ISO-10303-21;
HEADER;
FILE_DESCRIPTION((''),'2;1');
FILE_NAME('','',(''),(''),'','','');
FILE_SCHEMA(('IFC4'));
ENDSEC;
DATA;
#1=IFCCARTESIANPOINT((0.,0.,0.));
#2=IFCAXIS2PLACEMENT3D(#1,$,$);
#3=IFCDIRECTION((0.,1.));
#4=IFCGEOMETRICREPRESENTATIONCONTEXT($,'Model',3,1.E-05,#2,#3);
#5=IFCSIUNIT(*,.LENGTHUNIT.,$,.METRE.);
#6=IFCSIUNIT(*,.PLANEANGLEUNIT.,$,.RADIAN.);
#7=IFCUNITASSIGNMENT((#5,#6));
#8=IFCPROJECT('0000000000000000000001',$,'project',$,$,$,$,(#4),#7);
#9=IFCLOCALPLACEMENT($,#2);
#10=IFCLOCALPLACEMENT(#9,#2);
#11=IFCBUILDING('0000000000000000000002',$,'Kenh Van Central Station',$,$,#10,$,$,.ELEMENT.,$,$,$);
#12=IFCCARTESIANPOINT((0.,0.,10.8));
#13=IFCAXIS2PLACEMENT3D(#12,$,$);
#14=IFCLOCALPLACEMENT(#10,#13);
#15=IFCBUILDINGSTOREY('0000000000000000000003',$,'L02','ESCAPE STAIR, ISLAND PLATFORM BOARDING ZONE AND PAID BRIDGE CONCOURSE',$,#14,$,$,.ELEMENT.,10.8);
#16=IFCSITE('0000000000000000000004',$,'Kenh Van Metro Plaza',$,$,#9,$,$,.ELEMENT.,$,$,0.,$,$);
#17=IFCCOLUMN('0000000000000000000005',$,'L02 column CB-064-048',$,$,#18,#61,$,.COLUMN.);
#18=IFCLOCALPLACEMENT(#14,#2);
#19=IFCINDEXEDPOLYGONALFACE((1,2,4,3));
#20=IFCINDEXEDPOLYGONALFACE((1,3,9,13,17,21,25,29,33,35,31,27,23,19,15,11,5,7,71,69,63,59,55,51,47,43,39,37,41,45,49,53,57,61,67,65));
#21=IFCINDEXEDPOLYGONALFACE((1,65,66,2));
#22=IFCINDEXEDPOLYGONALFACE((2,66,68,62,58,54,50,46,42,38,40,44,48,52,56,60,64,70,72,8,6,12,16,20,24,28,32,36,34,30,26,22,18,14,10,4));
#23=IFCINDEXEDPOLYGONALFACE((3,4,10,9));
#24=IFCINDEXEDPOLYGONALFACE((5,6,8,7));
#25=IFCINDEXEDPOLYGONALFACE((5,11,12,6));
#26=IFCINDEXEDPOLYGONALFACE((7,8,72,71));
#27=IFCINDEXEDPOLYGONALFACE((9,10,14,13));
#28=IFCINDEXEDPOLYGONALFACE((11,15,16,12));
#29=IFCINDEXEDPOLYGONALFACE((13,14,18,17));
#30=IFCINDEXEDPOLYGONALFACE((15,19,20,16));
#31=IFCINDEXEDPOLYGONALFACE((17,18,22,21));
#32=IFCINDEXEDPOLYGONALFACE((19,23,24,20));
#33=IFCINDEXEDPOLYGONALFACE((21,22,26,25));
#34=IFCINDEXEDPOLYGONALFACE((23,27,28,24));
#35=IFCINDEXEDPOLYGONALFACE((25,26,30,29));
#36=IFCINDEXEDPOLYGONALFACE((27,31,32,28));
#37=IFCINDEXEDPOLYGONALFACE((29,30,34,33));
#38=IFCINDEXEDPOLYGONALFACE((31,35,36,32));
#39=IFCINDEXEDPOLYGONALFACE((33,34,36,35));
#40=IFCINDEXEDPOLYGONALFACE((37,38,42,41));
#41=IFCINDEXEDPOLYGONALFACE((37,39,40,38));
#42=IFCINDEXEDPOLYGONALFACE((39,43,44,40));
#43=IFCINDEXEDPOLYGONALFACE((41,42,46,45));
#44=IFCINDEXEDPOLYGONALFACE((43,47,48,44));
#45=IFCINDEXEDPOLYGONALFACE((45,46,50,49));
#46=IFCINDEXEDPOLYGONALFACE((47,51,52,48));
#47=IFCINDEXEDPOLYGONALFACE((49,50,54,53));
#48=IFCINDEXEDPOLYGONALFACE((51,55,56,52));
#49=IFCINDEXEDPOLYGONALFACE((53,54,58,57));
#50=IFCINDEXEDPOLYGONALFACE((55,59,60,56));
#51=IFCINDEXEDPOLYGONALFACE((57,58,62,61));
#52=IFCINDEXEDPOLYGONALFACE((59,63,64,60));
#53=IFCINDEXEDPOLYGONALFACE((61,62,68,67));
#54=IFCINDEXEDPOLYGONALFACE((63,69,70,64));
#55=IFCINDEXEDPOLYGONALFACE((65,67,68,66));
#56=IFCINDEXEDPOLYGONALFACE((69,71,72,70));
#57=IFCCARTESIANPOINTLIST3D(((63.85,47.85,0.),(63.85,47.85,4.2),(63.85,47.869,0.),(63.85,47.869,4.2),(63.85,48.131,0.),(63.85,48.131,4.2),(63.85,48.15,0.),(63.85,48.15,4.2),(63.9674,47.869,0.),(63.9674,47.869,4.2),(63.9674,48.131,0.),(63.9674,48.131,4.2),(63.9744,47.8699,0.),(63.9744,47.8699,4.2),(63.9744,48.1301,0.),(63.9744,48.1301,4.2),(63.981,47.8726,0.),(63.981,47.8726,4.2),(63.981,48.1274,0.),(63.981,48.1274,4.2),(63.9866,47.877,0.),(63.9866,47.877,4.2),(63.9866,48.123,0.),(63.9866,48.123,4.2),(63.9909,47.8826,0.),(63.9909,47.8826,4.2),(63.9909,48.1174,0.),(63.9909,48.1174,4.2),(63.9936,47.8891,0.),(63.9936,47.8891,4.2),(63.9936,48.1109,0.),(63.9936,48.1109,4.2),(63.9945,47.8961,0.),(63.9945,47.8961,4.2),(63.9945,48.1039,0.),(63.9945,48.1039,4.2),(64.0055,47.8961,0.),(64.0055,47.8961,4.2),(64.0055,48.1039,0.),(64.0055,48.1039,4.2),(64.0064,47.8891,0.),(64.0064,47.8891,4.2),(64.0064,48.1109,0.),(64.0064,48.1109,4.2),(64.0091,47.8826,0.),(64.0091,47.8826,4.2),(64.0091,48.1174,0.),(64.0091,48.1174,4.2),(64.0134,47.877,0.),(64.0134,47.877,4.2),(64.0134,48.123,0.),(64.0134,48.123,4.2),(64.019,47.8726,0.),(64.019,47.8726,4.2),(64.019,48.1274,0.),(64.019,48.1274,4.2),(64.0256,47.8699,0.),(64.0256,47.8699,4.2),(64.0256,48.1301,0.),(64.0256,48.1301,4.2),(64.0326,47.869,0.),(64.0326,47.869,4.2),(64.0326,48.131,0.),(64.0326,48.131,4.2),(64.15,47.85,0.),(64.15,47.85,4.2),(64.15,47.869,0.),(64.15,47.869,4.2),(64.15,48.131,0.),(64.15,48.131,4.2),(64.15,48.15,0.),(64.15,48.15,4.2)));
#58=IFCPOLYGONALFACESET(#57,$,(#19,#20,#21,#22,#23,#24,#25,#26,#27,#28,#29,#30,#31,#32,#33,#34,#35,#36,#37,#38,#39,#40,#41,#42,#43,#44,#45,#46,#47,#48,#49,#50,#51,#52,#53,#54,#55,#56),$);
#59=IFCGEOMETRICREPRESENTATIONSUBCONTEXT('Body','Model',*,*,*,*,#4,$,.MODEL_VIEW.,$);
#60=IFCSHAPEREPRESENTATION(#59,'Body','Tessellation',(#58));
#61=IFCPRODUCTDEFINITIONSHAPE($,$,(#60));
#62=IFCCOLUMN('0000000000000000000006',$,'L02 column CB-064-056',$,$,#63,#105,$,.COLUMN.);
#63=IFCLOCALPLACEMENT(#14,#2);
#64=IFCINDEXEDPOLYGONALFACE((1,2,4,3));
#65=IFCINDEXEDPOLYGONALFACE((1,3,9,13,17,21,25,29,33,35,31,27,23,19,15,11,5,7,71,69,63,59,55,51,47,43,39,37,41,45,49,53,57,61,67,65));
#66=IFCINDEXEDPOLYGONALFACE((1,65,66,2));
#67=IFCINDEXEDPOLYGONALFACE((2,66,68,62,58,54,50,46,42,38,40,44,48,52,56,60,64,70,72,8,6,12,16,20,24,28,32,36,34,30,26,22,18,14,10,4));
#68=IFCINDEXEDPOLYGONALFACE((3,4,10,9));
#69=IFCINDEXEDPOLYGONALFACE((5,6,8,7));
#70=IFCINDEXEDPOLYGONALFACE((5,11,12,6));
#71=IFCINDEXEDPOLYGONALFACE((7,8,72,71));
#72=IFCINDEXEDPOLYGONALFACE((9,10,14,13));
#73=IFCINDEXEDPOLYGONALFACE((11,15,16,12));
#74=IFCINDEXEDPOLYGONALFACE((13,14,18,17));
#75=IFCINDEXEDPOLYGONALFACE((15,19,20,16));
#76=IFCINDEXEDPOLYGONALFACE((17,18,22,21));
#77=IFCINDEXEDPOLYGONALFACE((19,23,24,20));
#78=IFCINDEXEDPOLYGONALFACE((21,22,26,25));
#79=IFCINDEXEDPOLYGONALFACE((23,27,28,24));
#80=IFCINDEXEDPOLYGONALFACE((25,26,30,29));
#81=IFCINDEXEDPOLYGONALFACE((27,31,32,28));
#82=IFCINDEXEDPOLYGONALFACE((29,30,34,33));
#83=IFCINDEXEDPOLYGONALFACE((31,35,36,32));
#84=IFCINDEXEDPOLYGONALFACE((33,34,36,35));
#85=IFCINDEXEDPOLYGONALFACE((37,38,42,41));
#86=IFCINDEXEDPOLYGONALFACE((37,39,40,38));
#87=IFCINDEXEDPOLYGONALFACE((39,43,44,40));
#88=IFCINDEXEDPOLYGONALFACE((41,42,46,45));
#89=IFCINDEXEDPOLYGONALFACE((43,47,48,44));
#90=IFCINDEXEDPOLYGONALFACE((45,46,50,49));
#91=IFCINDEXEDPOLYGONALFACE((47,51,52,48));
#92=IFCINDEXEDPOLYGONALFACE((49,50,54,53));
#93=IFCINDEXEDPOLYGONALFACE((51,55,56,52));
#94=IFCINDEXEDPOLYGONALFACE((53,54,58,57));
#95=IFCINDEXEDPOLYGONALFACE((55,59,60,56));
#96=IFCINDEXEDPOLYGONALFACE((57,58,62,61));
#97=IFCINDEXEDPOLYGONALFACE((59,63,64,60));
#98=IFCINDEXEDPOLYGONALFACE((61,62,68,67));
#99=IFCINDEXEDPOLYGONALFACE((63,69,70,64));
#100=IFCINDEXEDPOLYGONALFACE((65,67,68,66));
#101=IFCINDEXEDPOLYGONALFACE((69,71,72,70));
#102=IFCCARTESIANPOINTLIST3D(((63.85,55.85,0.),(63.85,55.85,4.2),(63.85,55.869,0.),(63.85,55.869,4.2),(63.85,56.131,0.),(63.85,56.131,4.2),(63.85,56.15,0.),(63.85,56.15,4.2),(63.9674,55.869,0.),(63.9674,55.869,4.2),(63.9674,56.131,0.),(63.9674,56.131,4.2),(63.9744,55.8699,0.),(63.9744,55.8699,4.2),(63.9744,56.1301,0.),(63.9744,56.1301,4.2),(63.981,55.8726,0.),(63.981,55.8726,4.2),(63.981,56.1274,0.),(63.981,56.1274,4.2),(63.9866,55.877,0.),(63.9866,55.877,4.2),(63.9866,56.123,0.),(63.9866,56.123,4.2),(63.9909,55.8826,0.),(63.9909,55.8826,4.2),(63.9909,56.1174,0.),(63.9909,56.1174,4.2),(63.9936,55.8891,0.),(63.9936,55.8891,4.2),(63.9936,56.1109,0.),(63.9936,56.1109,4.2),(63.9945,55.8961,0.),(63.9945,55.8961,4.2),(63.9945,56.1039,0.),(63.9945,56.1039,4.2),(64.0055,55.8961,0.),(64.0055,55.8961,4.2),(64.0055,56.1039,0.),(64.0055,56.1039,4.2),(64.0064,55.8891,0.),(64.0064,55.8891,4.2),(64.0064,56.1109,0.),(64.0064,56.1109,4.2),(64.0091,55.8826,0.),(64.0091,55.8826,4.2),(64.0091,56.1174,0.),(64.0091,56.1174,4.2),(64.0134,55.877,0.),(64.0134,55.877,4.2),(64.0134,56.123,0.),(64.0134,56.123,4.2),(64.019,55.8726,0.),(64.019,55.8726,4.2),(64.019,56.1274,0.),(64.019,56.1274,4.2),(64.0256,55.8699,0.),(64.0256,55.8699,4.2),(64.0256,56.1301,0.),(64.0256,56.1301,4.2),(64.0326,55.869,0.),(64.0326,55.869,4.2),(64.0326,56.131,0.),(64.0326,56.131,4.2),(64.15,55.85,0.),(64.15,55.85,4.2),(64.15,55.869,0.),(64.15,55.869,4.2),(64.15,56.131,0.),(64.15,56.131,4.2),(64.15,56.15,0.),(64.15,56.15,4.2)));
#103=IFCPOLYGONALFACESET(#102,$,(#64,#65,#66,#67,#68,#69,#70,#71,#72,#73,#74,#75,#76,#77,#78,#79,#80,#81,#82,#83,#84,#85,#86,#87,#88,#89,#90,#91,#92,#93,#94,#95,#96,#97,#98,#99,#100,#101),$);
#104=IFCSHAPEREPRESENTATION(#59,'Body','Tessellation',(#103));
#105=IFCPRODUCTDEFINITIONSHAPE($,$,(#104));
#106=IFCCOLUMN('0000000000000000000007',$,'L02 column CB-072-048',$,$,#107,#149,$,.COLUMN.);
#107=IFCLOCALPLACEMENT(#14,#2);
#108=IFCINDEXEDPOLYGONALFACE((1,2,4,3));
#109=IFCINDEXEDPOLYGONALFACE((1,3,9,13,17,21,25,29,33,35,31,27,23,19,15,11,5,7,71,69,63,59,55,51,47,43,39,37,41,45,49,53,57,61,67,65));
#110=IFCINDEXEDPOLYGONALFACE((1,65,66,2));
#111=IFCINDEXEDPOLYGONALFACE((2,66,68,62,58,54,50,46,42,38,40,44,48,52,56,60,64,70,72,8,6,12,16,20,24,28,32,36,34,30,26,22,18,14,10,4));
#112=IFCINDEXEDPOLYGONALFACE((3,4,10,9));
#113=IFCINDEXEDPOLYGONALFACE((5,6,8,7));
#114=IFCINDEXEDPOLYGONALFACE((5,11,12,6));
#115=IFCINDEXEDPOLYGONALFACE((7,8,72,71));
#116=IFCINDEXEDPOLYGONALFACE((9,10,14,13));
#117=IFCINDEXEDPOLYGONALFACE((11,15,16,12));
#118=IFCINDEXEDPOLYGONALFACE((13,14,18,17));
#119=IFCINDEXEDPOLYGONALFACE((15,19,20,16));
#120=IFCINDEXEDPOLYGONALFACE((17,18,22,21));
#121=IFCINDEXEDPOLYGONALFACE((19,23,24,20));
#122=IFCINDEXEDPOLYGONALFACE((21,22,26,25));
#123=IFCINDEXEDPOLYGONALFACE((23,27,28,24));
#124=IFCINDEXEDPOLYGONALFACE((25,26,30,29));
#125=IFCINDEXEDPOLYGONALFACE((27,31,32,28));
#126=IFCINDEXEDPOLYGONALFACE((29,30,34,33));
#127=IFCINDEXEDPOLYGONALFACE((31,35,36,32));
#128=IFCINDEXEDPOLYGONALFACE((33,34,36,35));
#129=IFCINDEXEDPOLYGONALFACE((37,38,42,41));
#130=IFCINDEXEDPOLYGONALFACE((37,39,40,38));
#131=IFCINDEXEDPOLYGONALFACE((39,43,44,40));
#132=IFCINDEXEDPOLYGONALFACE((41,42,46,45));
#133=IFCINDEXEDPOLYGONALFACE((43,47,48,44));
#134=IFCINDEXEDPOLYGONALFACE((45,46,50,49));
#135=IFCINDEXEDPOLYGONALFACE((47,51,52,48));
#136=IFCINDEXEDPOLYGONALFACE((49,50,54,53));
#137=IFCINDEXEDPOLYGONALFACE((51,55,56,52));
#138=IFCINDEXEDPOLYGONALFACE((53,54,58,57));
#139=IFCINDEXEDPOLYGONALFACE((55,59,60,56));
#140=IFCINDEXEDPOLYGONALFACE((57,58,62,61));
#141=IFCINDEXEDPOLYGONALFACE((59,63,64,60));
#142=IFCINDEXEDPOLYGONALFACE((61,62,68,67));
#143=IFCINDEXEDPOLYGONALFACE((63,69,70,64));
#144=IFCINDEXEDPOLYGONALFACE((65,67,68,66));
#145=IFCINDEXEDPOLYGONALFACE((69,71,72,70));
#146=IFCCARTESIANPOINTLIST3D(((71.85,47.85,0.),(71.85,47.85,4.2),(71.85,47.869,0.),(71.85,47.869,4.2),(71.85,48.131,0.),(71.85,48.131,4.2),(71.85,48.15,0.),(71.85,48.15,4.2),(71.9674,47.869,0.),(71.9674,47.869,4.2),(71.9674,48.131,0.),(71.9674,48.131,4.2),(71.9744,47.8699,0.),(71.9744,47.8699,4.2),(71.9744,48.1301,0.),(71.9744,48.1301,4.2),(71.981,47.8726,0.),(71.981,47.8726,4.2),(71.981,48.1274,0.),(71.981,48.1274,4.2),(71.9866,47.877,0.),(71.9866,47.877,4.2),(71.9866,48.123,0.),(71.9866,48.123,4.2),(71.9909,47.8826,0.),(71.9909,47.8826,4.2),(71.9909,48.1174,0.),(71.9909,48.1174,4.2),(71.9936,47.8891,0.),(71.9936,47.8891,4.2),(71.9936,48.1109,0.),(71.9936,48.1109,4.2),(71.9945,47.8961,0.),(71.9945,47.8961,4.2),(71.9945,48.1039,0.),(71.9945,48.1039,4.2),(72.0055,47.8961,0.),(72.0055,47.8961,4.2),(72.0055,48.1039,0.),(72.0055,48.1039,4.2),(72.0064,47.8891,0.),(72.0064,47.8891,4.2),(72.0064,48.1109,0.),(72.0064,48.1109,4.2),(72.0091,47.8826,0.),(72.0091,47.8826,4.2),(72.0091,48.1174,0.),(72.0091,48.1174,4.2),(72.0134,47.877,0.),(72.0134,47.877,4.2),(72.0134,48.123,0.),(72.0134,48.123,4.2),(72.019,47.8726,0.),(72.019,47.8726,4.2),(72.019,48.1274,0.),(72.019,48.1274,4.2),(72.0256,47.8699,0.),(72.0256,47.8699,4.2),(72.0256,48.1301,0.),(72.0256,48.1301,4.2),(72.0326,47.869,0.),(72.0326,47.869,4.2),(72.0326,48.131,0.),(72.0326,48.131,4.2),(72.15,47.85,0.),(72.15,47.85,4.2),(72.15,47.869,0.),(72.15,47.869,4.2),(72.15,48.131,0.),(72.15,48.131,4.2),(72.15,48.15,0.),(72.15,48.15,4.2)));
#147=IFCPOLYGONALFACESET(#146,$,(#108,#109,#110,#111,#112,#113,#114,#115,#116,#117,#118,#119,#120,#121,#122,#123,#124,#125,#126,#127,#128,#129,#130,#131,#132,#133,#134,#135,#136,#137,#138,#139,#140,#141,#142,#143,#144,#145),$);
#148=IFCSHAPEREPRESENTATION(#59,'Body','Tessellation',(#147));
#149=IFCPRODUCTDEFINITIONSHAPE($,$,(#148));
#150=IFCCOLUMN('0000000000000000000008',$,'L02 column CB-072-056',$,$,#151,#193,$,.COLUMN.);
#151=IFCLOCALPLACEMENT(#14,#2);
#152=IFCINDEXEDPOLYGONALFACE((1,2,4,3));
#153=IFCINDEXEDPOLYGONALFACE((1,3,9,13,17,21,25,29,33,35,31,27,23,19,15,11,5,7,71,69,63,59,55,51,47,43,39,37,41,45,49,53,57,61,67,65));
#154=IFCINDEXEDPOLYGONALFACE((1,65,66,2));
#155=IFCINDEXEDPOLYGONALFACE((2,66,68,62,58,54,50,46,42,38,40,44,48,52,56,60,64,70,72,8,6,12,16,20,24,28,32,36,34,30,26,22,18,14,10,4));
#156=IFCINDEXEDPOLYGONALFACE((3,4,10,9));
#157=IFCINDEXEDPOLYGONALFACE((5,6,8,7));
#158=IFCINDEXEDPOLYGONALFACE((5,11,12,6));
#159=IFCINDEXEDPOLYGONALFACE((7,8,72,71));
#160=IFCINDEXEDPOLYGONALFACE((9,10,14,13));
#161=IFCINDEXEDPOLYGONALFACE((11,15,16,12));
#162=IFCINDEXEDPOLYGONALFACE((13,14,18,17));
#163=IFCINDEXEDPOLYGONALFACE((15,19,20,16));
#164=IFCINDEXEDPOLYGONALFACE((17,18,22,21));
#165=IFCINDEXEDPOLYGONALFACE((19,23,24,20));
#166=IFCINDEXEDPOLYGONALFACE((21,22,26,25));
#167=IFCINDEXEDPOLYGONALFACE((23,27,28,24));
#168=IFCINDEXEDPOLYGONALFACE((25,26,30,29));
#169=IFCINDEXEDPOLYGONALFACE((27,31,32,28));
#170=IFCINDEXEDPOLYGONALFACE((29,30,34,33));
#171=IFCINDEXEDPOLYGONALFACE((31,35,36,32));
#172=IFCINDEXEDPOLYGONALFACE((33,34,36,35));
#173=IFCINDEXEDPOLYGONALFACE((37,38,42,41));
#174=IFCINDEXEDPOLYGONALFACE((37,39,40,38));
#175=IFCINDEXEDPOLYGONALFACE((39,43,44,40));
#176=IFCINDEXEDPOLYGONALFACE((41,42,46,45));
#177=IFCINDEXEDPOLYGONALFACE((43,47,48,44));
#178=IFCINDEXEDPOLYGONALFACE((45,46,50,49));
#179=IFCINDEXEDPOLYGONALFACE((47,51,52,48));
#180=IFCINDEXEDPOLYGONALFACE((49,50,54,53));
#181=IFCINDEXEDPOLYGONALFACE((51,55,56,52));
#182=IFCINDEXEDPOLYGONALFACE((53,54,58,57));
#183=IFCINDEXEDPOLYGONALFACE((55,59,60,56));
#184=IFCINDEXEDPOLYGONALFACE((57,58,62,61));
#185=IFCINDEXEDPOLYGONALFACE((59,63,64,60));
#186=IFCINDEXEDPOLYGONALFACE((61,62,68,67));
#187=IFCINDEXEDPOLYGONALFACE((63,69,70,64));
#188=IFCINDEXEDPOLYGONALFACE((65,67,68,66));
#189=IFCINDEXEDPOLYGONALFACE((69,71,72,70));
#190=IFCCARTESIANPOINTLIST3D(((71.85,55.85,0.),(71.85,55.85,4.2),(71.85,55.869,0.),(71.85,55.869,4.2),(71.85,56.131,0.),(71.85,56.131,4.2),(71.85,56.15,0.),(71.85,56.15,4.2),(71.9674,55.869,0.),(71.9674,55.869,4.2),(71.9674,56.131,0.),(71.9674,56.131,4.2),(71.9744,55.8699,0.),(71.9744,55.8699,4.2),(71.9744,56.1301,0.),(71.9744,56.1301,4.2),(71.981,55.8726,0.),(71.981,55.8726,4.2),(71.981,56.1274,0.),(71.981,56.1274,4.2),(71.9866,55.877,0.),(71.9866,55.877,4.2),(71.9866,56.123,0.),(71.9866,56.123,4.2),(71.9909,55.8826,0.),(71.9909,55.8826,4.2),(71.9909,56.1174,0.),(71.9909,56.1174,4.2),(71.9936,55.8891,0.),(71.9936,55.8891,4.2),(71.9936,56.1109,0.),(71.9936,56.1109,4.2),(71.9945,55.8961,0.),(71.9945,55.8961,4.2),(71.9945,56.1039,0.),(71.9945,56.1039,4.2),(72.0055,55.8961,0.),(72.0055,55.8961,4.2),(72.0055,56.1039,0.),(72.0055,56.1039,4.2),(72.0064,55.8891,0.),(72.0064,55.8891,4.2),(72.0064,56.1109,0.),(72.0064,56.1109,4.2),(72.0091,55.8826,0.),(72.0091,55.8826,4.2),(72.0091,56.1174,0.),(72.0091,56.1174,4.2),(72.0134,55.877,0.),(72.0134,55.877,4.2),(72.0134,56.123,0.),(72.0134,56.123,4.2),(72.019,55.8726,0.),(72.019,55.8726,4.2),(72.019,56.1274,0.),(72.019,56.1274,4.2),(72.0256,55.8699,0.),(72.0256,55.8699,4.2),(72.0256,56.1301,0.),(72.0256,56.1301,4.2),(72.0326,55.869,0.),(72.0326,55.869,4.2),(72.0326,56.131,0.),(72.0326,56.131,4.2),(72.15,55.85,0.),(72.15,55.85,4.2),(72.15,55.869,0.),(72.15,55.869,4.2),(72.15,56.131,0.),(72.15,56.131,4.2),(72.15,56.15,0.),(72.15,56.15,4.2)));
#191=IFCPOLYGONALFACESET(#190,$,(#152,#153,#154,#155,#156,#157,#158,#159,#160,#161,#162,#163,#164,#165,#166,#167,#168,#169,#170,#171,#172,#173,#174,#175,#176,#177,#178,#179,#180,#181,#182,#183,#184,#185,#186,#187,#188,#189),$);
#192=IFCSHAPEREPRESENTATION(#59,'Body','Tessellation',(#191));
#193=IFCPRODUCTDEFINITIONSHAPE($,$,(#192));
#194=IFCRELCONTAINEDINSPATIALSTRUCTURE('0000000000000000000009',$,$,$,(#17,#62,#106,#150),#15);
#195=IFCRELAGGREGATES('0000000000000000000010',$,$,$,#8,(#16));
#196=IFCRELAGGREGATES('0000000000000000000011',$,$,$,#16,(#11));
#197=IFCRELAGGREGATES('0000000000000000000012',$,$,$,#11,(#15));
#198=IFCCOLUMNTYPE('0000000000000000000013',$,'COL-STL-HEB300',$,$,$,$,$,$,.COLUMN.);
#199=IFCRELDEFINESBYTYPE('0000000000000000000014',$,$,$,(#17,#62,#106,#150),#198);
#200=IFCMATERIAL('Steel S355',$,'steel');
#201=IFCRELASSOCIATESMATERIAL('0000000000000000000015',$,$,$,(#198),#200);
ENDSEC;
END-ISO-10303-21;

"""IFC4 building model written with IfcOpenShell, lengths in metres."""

from ifc_helpers import new_model, si_unit, direction, frame, origin, origin_2d, place, context, subcontext, project, spatial, i_section, extrude, material, material_profile, profile_set, type_object, element, save


model = new_model("IFC4")

# Units and contexts
model_context = context("Model", 3, precision=1e-05, world=origin(), true_north=direction((0.0, 1.0)))
body_context = subcontext(model_context, "Body", "Model", "MODEL_VIEW")
ifc_project = project(units=[si_unit("LENGTHUNIT", "METRE"), si_unit("PLANEANGLEUNIT", "RADIAN")], contexts=[model_context])

# Site, building, storey
site_placement = place(None, origin())
site = spatial("IfcSite", under=ifc_project, at=site_placement, Name="Kenh Van Metro Plaza", CompositionType="ELEMENT", RefElevation=0.0)
building_placement = place(site_placement, origin())
building = spatial("IfcBuilding", under=site, at=building_placement, Name="Kenh Van Central Station", CompositionType="ELEMENT")
storey_placement = place(building_placement, frame((0.0, 0.0, 10.8)))
storey = spatial("IfcBuildingStorey", under=building, at=storey_placement, Name="L02", Description="ESCAPE STAIR, ISLAND PLATFORM BOARDING ZONE AND PAID BRIDGE CONCOURSE", CompositionType="ELEMENT", Elevation=10.8)

# Columns
ifc_material_1 = material(Name="Steel S355", Category="steel")
ifc_material_profile_1 = material_profile(ifc_material_1, i_section(OverallWidth=0.3, OverallDepth=0.3, WebThickness=0.011, FlangeThickness=0.019, FilletRadius=0.0271, at=origin_2d()), Name="HEB 300")
ifc_profile_set_1 = profile_set([ifc_material_profile_1], Name="Steel S355")
column_type = type_object("IfcColumnType", Name="COL-STL-HEB300", PredefinedType="COLUMN", material=ifc_profile_set_1)
for number, where, z_axis, x_axis, name in (
    (1, (64.0, 48.0, 0.0), (0.0, 0.0, 1.0), (1.0, 0.0, 0.0), "L02 column CB-064-048"),
    (2, (64.0, 56.0, 0.0), (0.0, 0.0, 1.0), (1.0, 0.0, 0.0), "L02 column CB-064-056"),
    (3, (72.0, 48.0, 0.0), (0.0, 0.0, 1.0), (1.0, 0.0, 0.0), "L02 column CB-072-048"),
    (4, (72.0, 56.0, 0.0), (0.0, 0.0, 1.0), (1.0, 0.0, 0.0), "L02 column CB-072-056"),
):
    element("IfcColumn", number, at=place(storey_placement, frame(where, z_axis=z_axis, x_axis=x_axis)), inside=storey, type_object=column_type, Name=name, PredefinedType="COLUMN", context=body_context, shape_type="SweptSolid", body=[
        extrude(i_section(OverallWidth=0.3, OverallDepth=0.3, WebThickness=0.011, FlangeThickness=0.019, FilletRadius=0.0271, at=origin_2d()), origin(), (0.0, 0.0, 1.0), 4.2),
    ])

save(model, "model.ifc")
